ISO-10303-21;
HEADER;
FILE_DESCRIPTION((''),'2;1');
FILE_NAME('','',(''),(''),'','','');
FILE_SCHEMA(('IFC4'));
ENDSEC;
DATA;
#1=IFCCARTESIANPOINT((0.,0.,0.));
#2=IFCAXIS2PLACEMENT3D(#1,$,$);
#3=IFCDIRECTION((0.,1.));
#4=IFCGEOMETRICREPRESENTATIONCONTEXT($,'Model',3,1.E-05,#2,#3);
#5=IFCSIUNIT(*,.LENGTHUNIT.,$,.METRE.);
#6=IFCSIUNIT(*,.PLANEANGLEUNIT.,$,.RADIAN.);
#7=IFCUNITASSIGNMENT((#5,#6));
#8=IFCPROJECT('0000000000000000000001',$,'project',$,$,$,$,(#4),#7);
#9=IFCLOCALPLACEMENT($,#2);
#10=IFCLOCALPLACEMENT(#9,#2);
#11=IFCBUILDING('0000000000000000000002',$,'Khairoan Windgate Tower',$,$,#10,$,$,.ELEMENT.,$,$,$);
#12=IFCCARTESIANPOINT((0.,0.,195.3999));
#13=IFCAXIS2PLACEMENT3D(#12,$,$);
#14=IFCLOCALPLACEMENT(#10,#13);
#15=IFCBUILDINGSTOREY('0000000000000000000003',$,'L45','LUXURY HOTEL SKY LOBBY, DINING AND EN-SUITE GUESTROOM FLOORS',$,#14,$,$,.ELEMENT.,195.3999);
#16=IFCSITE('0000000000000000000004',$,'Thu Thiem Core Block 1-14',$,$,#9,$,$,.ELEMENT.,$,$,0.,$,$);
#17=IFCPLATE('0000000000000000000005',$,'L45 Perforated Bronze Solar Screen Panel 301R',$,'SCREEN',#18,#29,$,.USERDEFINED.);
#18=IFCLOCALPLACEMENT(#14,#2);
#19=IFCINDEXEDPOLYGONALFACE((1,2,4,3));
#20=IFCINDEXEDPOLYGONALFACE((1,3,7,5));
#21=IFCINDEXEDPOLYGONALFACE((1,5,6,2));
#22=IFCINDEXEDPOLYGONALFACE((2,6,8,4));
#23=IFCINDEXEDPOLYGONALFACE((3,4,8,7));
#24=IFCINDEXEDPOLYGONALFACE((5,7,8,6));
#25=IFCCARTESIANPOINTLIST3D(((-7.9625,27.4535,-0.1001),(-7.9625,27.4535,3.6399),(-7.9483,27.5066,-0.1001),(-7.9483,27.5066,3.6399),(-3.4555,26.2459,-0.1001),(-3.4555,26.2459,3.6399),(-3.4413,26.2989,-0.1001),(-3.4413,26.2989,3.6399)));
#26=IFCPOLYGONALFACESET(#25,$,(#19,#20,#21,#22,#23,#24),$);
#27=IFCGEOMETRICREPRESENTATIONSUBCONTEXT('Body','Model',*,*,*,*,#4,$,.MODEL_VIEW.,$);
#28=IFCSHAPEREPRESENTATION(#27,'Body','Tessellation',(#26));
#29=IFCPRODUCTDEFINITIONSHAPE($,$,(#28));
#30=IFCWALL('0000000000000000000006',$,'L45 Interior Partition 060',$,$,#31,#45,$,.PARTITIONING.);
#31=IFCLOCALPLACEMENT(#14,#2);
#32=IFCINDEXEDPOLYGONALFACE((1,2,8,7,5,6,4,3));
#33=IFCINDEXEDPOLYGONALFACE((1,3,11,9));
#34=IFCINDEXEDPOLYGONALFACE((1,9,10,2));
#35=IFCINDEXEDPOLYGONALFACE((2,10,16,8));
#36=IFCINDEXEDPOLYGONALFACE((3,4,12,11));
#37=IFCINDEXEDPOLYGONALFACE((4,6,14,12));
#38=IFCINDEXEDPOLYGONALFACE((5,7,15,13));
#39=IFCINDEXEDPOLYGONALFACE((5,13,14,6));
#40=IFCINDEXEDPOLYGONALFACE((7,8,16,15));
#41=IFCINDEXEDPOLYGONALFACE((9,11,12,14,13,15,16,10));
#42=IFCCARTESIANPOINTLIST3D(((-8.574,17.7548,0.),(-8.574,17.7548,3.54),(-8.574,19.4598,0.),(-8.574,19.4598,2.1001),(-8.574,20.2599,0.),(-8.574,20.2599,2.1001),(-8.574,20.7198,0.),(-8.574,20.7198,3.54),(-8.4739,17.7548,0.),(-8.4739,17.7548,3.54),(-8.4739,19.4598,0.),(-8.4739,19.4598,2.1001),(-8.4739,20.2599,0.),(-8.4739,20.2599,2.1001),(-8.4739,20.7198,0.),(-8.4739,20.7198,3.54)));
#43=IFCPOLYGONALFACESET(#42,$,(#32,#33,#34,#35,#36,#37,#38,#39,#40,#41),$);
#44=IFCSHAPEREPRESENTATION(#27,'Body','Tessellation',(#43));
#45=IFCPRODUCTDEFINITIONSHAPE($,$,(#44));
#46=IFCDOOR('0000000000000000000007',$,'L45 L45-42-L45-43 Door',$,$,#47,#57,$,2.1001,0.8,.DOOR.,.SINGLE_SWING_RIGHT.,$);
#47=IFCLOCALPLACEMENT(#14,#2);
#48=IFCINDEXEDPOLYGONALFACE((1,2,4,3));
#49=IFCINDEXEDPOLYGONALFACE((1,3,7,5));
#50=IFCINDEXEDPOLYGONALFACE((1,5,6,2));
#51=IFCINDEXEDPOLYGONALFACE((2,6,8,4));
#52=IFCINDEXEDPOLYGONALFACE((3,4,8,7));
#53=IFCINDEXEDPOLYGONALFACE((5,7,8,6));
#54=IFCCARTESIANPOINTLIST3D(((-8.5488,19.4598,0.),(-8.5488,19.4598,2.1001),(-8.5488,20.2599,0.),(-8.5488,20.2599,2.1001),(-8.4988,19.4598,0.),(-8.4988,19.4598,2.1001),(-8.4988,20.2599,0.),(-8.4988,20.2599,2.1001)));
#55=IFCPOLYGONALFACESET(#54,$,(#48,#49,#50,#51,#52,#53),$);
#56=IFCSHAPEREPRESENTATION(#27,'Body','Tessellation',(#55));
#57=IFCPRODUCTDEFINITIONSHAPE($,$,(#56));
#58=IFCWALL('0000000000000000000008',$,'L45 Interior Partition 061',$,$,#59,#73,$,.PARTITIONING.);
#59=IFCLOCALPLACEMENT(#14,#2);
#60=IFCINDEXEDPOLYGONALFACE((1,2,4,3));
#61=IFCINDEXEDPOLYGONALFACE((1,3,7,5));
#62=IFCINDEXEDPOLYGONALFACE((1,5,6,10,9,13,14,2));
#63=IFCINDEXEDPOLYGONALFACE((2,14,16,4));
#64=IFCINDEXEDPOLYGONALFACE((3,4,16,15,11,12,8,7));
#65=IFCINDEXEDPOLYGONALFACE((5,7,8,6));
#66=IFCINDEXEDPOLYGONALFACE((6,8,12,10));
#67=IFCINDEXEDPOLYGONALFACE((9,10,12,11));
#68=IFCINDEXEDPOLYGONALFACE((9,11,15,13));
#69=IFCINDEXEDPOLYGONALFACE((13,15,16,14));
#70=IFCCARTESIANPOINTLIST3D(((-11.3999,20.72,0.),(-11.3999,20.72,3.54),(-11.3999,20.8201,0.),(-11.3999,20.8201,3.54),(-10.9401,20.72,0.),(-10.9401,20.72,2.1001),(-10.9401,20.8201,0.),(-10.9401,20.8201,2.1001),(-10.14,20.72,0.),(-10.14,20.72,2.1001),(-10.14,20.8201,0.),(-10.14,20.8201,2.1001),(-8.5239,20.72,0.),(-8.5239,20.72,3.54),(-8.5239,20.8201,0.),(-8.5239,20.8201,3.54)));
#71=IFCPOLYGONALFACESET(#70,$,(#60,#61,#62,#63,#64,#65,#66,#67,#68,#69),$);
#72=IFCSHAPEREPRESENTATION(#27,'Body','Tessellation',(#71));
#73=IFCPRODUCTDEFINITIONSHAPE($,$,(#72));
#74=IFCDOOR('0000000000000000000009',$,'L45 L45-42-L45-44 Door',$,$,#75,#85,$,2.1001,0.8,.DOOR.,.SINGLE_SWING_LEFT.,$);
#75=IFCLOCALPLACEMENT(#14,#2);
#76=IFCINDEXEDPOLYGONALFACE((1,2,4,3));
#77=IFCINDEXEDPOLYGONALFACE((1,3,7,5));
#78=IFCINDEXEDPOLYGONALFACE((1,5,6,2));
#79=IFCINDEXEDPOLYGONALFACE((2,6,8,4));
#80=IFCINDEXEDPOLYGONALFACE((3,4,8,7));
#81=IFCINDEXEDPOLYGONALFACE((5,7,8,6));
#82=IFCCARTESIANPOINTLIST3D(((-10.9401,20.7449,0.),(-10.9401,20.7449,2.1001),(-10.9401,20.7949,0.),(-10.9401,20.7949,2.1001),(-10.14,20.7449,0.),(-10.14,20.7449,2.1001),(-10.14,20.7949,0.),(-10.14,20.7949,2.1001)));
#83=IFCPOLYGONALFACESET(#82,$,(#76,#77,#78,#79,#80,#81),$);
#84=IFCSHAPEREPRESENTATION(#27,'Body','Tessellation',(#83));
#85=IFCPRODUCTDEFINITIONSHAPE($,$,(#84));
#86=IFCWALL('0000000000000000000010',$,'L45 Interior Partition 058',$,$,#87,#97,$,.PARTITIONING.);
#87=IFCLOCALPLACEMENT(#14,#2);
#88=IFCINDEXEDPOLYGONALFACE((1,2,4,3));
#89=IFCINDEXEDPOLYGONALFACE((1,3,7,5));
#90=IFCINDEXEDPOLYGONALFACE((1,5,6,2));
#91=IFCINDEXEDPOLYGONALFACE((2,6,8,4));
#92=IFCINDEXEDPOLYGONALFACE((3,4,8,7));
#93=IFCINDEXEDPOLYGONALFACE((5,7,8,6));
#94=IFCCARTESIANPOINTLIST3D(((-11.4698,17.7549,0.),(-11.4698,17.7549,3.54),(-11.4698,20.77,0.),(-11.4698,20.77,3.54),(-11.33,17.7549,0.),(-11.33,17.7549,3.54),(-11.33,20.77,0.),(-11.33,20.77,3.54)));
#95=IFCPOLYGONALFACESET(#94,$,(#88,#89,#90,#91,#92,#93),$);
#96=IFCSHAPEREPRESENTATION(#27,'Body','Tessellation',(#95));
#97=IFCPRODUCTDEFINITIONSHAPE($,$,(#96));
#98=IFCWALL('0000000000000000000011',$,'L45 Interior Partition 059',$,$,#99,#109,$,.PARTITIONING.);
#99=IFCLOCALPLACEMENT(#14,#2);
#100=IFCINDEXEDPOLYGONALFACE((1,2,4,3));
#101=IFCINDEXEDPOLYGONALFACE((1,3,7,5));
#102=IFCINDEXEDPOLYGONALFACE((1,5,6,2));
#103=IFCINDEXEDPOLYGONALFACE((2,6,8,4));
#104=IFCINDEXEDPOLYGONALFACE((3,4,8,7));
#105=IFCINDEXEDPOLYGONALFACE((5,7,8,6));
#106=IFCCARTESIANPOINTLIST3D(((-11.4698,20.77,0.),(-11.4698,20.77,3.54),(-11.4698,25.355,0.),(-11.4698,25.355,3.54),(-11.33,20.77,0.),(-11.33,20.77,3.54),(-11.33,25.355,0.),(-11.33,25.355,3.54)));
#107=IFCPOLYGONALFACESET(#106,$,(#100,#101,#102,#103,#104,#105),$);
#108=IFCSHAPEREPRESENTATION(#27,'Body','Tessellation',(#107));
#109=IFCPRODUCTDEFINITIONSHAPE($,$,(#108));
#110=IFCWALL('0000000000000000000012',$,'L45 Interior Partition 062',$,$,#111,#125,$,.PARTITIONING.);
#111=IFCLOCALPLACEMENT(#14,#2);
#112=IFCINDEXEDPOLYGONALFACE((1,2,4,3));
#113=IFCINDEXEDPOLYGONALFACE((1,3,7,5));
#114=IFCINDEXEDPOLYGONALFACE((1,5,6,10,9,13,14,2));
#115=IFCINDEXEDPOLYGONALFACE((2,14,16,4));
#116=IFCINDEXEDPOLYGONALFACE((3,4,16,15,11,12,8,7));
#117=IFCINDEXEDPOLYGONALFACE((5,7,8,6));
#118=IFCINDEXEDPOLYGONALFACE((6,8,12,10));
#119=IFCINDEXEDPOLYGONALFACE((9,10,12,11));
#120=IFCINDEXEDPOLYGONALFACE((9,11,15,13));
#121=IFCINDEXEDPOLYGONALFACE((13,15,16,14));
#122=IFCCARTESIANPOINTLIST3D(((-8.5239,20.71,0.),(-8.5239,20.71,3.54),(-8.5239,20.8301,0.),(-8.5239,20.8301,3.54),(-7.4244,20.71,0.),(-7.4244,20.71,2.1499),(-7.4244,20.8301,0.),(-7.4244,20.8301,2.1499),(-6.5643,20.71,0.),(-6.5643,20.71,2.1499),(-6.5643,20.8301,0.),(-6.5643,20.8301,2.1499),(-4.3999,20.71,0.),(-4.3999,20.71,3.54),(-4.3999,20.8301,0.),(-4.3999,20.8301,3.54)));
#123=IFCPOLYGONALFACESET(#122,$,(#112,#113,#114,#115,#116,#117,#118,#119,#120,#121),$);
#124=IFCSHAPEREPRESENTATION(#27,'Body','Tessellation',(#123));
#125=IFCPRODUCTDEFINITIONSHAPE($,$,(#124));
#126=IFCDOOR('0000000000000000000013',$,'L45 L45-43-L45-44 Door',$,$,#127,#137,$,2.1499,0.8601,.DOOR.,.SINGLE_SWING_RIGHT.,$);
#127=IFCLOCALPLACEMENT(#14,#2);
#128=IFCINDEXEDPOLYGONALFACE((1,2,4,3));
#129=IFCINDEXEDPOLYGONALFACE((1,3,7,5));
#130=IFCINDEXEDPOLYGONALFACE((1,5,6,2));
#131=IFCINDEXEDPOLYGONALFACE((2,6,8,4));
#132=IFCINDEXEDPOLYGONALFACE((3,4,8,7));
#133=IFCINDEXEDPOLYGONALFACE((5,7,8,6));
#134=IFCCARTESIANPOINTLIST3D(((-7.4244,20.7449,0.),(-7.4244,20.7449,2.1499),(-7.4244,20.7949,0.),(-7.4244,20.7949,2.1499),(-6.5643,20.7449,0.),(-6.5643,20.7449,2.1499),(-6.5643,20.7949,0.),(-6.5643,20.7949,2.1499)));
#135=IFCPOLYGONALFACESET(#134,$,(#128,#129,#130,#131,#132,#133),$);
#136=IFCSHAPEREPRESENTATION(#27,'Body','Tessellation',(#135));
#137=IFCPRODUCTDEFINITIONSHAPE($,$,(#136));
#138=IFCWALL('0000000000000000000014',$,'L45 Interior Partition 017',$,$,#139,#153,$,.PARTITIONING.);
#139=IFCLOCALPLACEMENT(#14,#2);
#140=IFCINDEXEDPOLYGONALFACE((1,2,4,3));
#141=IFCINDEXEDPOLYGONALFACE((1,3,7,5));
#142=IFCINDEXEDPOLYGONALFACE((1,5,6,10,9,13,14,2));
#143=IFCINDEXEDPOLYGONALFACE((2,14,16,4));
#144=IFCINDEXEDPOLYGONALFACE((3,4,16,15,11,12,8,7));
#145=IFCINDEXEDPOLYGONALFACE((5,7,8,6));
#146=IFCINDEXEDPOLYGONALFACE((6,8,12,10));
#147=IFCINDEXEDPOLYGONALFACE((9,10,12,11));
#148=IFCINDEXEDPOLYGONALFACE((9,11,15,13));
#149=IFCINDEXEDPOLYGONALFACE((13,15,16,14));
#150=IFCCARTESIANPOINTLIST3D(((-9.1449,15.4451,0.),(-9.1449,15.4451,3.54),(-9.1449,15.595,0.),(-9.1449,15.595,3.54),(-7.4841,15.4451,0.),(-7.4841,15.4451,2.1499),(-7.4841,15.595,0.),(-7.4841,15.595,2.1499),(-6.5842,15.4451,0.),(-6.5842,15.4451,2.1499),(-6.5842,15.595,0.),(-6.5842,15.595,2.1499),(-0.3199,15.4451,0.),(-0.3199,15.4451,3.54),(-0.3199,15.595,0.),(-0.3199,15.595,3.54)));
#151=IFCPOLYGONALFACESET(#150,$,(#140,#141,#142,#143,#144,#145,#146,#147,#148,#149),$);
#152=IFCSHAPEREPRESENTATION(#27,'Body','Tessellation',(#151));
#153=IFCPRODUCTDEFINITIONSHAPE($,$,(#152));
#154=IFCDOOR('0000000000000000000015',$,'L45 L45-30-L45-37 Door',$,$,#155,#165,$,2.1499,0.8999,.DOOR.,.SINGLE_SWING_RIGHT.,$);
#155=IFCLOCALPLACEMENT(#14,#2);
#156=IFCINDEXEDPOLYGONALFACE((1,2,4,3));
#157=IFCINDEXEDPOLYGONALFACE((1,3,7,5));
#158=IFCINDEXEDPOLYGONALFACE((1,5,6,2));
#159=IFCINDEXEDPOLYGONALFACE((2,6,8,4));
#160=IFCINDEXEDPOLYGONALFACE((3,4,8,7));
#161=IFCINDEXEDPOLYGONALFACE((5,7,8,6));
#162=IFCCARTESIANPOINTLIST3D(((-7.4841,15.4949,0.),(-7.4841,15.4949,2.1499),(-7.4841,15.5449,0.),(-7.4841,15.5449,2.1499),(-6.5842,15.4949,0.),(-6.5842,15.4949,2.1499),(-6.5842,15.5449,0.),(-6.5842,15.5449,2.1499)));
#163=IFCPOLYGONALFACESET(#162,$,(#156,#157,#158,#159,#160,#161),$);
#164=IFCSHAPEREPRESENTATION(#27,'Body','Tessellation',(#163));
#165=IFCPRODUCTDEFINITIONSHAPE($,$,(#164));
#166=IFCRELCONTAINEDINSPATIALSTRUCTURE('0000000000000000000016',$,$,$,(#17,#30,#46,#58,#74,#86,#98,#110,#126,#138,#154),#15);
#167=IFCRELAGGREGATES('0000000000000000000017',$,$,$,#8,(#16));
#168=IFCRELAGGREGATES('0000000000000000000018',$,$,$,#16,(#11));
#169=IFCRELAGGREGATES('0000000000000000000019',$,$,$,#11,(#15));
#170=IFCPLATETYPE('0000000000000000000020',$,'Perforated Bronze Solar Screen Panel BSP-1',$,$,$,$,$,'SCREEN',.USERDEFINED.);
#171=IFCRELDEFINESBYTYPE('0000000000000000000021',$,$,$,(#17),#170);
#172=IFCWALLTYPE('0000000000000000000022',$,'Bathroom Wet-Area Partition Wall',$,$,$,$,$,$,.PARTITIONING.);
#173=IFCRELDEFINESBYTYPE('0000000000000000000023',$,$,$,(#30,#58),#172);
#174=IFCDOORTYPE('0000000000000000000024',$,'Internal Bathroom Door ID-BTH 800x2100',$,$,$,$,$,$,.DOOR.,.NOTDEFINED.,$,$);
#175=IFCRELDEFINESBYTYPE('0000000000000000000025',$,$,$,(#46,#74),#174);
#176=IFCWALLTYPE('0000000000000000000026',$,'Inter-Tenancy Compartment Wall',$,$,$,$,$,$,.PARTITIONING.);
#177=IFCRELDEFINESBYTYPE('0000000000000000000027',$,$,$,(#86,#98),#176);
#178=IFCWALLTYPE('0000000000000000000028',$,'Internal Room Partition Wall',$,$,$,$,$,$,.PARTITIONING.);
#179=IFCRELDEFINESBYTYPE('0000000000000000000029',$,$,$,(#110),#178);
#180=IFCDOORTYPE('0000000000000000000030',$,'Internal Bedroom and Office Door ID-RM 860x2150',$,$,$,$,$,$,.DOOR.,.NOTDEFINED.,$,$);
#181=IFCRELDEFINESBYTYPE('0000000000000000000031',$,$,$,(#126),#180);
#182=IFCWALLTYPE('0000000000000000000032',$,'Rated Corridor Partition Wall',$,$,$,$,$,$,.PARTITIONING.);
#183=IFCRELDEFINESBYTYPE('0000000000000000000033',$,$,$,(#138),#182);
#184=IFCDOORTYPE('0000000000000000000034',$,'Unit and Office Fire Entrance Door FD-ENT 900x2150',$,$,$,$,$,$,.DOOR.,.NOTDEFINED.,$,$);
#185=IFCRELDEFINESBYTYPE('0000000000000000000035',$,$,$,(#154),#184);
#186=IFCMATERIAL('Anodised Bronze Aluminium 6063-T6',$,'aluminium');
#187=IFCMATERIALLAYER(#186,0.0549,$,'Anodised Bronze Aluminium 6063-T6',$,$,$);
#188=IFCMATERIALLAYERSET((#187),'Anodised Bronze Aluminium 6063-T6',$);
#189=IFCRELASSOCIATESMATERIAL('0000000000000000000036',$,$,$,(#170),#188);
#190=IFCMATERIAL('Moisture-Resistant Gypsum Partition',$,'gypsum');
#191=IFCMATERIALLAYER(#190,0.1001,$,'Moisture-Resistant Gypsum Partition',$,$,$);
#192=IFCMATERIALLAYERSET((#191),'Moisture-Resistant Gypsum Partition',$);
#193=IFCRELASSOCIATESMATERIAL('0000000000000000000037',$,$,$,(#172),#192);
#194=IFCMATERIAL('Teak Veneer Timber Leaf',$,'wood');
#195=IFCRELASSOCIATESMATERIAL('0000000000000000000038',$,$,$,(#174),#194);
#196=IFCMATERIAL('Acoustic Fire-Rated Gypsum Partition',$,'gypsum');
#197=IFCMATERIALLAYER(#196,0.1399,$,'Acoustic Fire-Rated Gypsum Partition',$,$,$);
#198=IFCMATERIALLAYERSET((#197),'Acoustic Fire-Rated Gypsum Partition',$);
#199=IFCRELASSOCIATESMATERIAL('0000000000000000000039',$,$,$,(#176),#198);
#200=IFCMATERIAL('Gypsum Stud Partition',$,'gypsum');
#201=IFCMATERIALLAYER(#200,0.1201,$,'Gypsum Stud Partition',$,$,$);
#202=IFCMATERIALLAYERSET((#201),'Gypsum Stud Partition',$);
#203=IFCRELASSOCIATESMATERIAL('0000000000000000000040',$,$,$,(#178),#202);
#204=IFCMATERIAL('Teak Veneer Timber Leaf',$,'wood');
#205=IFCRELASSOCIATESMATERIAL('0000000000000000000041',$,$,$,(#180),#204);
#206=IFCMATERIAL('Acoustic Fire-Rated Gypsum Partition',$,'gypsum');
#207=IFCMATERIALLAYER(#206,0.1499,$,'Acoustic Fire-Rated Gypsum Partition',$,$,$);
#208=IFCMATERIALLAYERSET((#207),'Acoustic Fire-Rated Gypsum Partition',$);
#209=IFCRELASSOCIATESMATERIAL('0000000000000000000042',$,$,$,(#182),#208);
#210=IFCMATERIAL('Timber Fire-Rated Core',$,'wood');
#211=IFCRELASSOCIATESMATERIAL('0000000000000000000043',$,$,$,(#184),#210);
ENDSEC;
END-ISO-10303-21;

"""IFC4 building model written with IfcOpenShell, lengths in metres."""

from ifc_helpers import new_model, si_unit, direction, frame, frame_2d, origin, origin_2d, place, context, subcontext, project, spatial, rectangle, extrude, material, layer, layer_set, type_object, element, fill, save


model = new_model("IFC4")

# Units and contexts
model_context = context("Model", 3, precision=1e-05, world=origin(), true_north=direction((0.0, 1.0)))
body_context = subcontext(model_context, "Body", "Model", "MODEL_VIEW")
ifc_project = project(units=[si_unit("LENGTHUNIT", "METRE"), si_unit("PLANEANGLEUNIT", "RADIAN")], contexts=[model_context])

# Site, building, storey
site_placement = place(None, origin())
site = spatial("IfcSite", under=ifc_project, at=site_placement, Name="Thu Thiem Core Block 1-14", CompositionType="ELEMENT", RefElevation=0.0)
building_placement = place(site_placement, origin())
building = spatial("IfcBuilding", under=site, at=building_placement, Name="Khairoan Windgate Tower", CompositionType="ELEMENT")
storey_placement = place(building_placement, frame((0.0, 0.0, 195.3999)))
storey = spatial("IfcBuildingStorey", under=building, at=storey_placement, Name="L45", Description="LUXURY HOTEL SKY LOBBY, DINING AND EN-SUITE GUESTROOM FLOORS", CompositionType="ELEMENT", Elevation=195.3999)

# Plate
ifc_material_1 = material(Name="Anodised Bronze Aluminium 6063-T6", Category="aluminium")
ifc_layer_1 = layer(ifc_material_1, 0.0549, Name="Anodised Bronze Aluminium 6063-T6")
ifc_layer_set_1 = layer_set([ifc_layer_1], Name="Anodised Bronze Aluminium 6063-T6")
plate_type = type_object("IfcPlateType", Name="Perforated Bronze Solar Screen Panel BSP-1", ElementType="SCREEN", PredefinedType="USERDEFINED", material=ifc_layer_set_1)
plate_placement = place(storey_placement, frame((-5.7019, 26.8762, -0.1001), z_axis=(0.0, 0.0, 1.0), x_axis=(0.965926, -0.258819, 0.0)))
element("IfcPlate", 1, at=plate_placement, inside=storey, type_object=plate_type, Name="L45 Perforated Bronze Solar Screen Panel 301R", ObjectType="SCREEN", PredefinedType="USERDEFINED", context=body_context, shape_type="SweptSolid", body=[
    extrude(rectangle(XDim=4.666, YDim=0.0549, at=origin_2d()), origin(), (0.0, 0.0, 1.0), 3.74),
])

# Walls, openings, doors
ifc_material_2 = material(Name="Moisture-Resistant Gypsum Partition", Category="gypsum")
ifc_layer_2 = layer(ifc_material_2, 0.1001, Name="Moisture-Resistant Gypsum Partition")
ifc_layer_set_2 = layer_set([ifc_layer_2], Name="Moisture-Resistant Gypsum Partition")
wall_type_1 = type_object("IfcWallType", Name="Bathroom Wet-Area Partition Wall", PredefinedType="PARTITIONING", material=ifc_layer_set_2)
wall_1_placement = place(storey_placement, frame((-8.5239, 17.7549, 0.0), z_axis=(0.0, 0.0, 1.0), x_axis=(0.0, 1.0, 0.0)))
wall_1 = element("IfcWall", 2, at=wall_1_placement, inside=storey, type_object=wall_type_1, Name="L45 Interior Partition 060", PredefinedType="PARTITIONING", context=body_context, shape_type="SweptSolid", body=[
    extrude(rectangle(XDim=2.9651, YDim=0.1001, at=frame_2d((1.4824, 0.0))), origin(), (0.0, 0.0, 1.0), 3.54),
])
opening_1_placement = place(wall_1_placement, frame((1.7051, 0.0, 0.0)))
opening_1 = element("IfcOpeningElement", 3, at=opening_1_placement, cuts=wall_1, PredefinedType="OPENING", context=body_context, shape_type="SweptSolid", body=[
    extrude(rectangle(XDim=0.8, YDim=2.1001, at=frame_2d((0.3999, 1.05))), frame((0.0, 0.0601, 0.0), z_axis=(0.0, -1.0, 0.0), x_axis=(1.0, 0.0, 0.0)), (0.0, 0.0, 1.0), 0.1201),
])
ifc_material_3 = material(Name="Teak Veneer Timber Leaf", Category="wood")
door_type_1 = type_object("IfcDoorType", Name="Internal Bathroom Door ID-BTH 800x2100", OperationType="NOTDEFINED", PredefinedType="DOOR", material=ifc_material_3)
door_1_placement = place(opening_1_placement, origin())
door_1 = element("IfcDoor", 4, at=door_1_placement, inside=storey, type_object=door_type_1, Name="L45 L45-42-L45-43 Door", OperationType="SINGLE_SWING_RIGHT", OverallHeight=2.1001, OverallWidth=0.8, PredefinedType="DOOR", context=body_context, shape_type="SweptSolid", body=[
    extrude(rectangle(XDim=0.8, YDim=2.1001, at=frame_2d((0.3999, 1.05))), frame((0.0, 0.0249, 0.0), z_axis=(0.0, -1.0, 0.0), x_axis=(1.0, 0.0, 0.0)), (0.0, 0.0, 1.0), 0.05),
])
fill(opening_1, door_1)
wall_2_placement = place(storey_placement, frame((-11.3999, 20.77, 0.0), z_axis=(0.0, 0.0, 1.0), x_axis=(1.0, 0.0, 0.0)))
wall_2 = element("IfcWall", 5, at=wall_2_placement, inside=storey, type_object=wall_type_1, Name="L45 Interior Partition 061", PredefinedType="PARTITIONING", context=body_context, shape_type="SweptSolid", body=[
    extrude(rectangle(XDim=2.876, YDim=0.1001, at=frame_2d((1.438, 0.0))), origin(), (0.0, 0.0, 1.0), 3.54),
])
opening_2_placement = place(wall_2_placement, frame((0.46, 0.0, 0.0)))
opening_2 = element("IfcOpeningElement", 6, at=opening_2_placement, cuts=wall_2, PredefinedType="OPENING", context=body_context, shape_type="SweptSolid", body=[
    extrude(rectangle(XDim=0.8, YDim=2.1001, at=frame_2d((0.3999, 1.05))), frame((0.0, 0.0601, 0.0), z_axis=(0.0, -1.0, 0.0), x_axis=(1.0, 0.0, 0.0)), (0.0, 0.0, 1.0), 0.1201),
])
door_2_placement = place(opening_2_placement, origin())
door_2 = element("IfcDoor", 7, at=door_2_placement, inside=storey, type_object=door_type_1, Name="L45 L45-42-L45-44 Door", OperationType="SINGLE_SWING_LEFT", OverallHeight=2.1001, OverallWidth=0.8, PredefinedType="DOOR", context=body_context, shape_type="SweptSolid", body=[
    extrude(rectangle(XDim=0.8, YDim=2.1001, at=frame_2d((0.3999, 1.05))), frame((0.0, 0.0249, 0.0), z_axis=(0.0, -1.0, 0.0), x_axis=(1.0, 0.0, 0.0)), (0.0, 0.0, 1.0), 0.05),
])
fill(opening_2, door_2)

# Walls
ifc_material_4 = material(Name="Acoustic Fire-Rated Gypsum Partition", Category="gypsum")
ifc_layer_3 = layer(ifc_material_4, 0.1399, Name="Acoustic Fire-Rated Gypsum Partition")
ifc_layer_set_3 = layer_set([ifc_layer_3], Name="Acoustic Fire-Rated Gypsum Partition")
wall_type_2 = type_object("IfcWallType", Name="Inter-Tenancy Compartment Wall", PredefinedType="PARTITIONING", material=ifc_layer_set_3)
wall_3_placement = place(storey_placement, frame((-11.3999, 17.7549, 0.0), z_axis=(0.0, 0.0, 1.0), x_axis=(0.0, 1.0, 0.0)))
element("IfcWall", 8, at=wall_3_placement, inside=storey, type_object=wall_type_2, Name="L45 Interior Partition 058", PredefinedType="PARTITIONING", context=body_context, shape_type="SweptSolid", body=[
    extrude(rectangle(XDim=3.0151, YDim=0.1399, at=frame_2d((1.5076, 0.0))), origin(), (0.0, 0.0, 1.0), 3.54),
])
wall_4_placement = place(storey_placement, frame((-11.3999, 20.77, 0.0), z_axis=(0.0, 0.0, 1.0), x_axis=(0.0, 1.0, 0.0)))
element("IfcWall", 9, at=wall_4_placement, inside=storey, type_object=wall_type_2, Name="L45 Interior Partition 059", PredefinedType="PARTITIONING", context=body_context, shape_type="SweptSolid", body=[
    extrude(rectangle(XDim=4.585, YDim=0.1399, at=frame_2d((2.2925, 0.0))), origin(), (0.0, 0.0, 1.0), 3.54),
])

# Walls, openings, doors
ifc_material_5 = material(Name="Gypsum Stud Partition", Category="gypsum")
ifc_layer_4 = layer(ifc_material_5, 0.1201, Name="Gypsum Stud Partition")
ifc_layer_set_4 = layer_set([ifc_layer_4], Name="Gypsum Stud Partition")
wall_type_3 = type_object("IfcWallType", Name="Internal Room Partition Wall", PredefinedType="PARTITIONING", material=ifc_layer_set_4)
wall_5_placement = place(storey_placement, frame((-8.5239, 20.77, 0.0), z_axis=(0.0, 0.0, 1.0), x_axis=(1.0, 0.0, 0.0)))
wall_5 = element("IfcWall", 10, at=wall_5_placement, inside=storey, type_object=wall_type_3, Name="L45 Interior Partition 062", PredefinedType="PARTITIONING", context=body_context, shape_type="SweptSolid", body=[
    extrude(rectangle(XDim=4.124, YDim=0.1201, at=frame_2d((2.062, 0.0))), origin(), (0.0, 0.0, 1.0), 3.54),
])
opening_3_placement = place(wall_5_placement, frame((1.0994, 0.0, 0.0)))
opening_3 = element("IfcOpeningElement", 11, at=opening_3_placement, cuts=wall_5, PredefinedType="OPENING", context=body_context, shape_type="SweptSolid", body=[
    extrude(rectangle(XDim=0.8601, YDim=2.1499, at=frame_2d((0.4302, 1.075))), frame((0.0, 0.0701, 0.0), z_axis=(0.0, -1.0, 0.0), x_axis=(1.0, 0.0, 0.0)), (0.0, 0.0, 1.0), 0.1401),
])
ifc_material_6 = material(Name="Teak Veneer Timber Leaf", Category="wood")
door_type_2 = type_object("IfcDoorType", Name="Internal Bedroom and Office Door ID-RM 860x2150", OperationType="NOTDEFINED", PredefinedType="DOOR", material=ifc_material_6)
door_3_placement = place(opening_3_placement, origin())
door_3 = element("IfcDoor", 12, at=door_3_placement, inside=storey, type_object=door_type_2, Name="L45 L45-43-L45-44 Door", OperationType="SINGLE_SWING_RIGHT", OverallHeight=2.1499, OverallWidth=0.8601, PredefinedType="DOOR", context=body_context, shape_type="SweptSolid", body=[
    extrude(rectangle(XDim=0.8601, YDim=2.1499, at=frame_2d((0.4302, 1.075))), frame((0.0, 0.0249, 0.0), z_axis=(0.0, -1.0, 0.0), x_axis=(1.0, 0.0, 0.0)), (0.0, 0.0, 1.0), 0.05),
])
fill(opening_3, door_3)
ifc_material_7 = material(Name="Acoustic Fire-Rated Gypsum Partition", Category="gypsum")
ifc_layer_5 = layer(ifc_material_7, 0.1499, Name="Acoustic Fire-Rated Gypsum Partition")
ifc_layer_set_5 = layer_set([ifc_layer_5], Name="Acoustic Fire-Rated Gypsum Partition")
wall_type_4 = type_object("IfcWallType", Name="Rated Corridor Partition Wall", PredefinedType="PARTITIONING", material=ifc_layer_set_5)
wall_6_placement = place(storey_placement, frame((-9.145, 15.52, 0.0), z_axis=(0.0, 0.0, 1.0), x_axis=(1.0, 0.0, 0.0)))
wall_6 = element("IfcWall", 13, at=wall_6_placement, inside=storey, type_object=wall_type_4, Name="L45 Interior Partition 017", PredefinedType="PARTITIONING", context=body_context, shape_type="SweptSolid", body=[
    extrude(rectangle(XDim=8.825, YDim=0.1499, at=frame_2d((4.4126, 0.0))), origin(), (0.0, 0.0, 1.0), 3.54),
])
opening_4_placement = place(wall_6_placement, frame((1.6609, 0.0, 0.0)))
opening_4 = element("IfcOpeningElement", 14, at=opening_4_placement, cuts=wall_6, PredefinedType="OPENING", context=body_context, shape_type="SweptSolid", body=[
    extrude(rectangle(XDim=0.8999, YDim=2.1499, at=frame_2d((0.45, 1.075))), frame((0.0, 0.085, 0.0), z_axis=(0.0, -1.0, 0.0), x_axis=(1.0, 0.0, 0.0)), (0.0, 0.0, 1.0), 0.1699),
])
ifc_material_8 = material(Name="Timber Fire-Rated Core", Category="wood")
door_type_3 = type_object("IfcDoorType", Name="Unit and Office Fire Entrance Door FD-ENT 900x2150", OperationType="NOTDEFINED", PredefinedType="DOOR", material=ifc_material_8)
door_4_placement = place(opening_4_placement, origin())
door_4 = element("IfcDoor", 15, at=door_4_placement, inside=storey, type_object=door_type_3, Name="L45 L45-30-L45-37 Door", OperationType="SINGLE_SWING_RIGHT", OverallHeight=2.1499, OverallWidth=0.8999, PredefinedType="DOOR", context=body_context, shape_type="SweptSolid", body=[
    extrude(rectangle(XDim=0.8999, YDim=2.1499, at=frame_2d((0.45, 1.075))), frame((0.0, 0.0249, 0.0), z_axis=(0.0, -1.0, 0.0), x_axis=(1.0, 0.0, 0.0)), (0.0, 0.0, 1.0), 0.05),
])
fill(opening_4, door_4)

save(model, "model.ifc")
